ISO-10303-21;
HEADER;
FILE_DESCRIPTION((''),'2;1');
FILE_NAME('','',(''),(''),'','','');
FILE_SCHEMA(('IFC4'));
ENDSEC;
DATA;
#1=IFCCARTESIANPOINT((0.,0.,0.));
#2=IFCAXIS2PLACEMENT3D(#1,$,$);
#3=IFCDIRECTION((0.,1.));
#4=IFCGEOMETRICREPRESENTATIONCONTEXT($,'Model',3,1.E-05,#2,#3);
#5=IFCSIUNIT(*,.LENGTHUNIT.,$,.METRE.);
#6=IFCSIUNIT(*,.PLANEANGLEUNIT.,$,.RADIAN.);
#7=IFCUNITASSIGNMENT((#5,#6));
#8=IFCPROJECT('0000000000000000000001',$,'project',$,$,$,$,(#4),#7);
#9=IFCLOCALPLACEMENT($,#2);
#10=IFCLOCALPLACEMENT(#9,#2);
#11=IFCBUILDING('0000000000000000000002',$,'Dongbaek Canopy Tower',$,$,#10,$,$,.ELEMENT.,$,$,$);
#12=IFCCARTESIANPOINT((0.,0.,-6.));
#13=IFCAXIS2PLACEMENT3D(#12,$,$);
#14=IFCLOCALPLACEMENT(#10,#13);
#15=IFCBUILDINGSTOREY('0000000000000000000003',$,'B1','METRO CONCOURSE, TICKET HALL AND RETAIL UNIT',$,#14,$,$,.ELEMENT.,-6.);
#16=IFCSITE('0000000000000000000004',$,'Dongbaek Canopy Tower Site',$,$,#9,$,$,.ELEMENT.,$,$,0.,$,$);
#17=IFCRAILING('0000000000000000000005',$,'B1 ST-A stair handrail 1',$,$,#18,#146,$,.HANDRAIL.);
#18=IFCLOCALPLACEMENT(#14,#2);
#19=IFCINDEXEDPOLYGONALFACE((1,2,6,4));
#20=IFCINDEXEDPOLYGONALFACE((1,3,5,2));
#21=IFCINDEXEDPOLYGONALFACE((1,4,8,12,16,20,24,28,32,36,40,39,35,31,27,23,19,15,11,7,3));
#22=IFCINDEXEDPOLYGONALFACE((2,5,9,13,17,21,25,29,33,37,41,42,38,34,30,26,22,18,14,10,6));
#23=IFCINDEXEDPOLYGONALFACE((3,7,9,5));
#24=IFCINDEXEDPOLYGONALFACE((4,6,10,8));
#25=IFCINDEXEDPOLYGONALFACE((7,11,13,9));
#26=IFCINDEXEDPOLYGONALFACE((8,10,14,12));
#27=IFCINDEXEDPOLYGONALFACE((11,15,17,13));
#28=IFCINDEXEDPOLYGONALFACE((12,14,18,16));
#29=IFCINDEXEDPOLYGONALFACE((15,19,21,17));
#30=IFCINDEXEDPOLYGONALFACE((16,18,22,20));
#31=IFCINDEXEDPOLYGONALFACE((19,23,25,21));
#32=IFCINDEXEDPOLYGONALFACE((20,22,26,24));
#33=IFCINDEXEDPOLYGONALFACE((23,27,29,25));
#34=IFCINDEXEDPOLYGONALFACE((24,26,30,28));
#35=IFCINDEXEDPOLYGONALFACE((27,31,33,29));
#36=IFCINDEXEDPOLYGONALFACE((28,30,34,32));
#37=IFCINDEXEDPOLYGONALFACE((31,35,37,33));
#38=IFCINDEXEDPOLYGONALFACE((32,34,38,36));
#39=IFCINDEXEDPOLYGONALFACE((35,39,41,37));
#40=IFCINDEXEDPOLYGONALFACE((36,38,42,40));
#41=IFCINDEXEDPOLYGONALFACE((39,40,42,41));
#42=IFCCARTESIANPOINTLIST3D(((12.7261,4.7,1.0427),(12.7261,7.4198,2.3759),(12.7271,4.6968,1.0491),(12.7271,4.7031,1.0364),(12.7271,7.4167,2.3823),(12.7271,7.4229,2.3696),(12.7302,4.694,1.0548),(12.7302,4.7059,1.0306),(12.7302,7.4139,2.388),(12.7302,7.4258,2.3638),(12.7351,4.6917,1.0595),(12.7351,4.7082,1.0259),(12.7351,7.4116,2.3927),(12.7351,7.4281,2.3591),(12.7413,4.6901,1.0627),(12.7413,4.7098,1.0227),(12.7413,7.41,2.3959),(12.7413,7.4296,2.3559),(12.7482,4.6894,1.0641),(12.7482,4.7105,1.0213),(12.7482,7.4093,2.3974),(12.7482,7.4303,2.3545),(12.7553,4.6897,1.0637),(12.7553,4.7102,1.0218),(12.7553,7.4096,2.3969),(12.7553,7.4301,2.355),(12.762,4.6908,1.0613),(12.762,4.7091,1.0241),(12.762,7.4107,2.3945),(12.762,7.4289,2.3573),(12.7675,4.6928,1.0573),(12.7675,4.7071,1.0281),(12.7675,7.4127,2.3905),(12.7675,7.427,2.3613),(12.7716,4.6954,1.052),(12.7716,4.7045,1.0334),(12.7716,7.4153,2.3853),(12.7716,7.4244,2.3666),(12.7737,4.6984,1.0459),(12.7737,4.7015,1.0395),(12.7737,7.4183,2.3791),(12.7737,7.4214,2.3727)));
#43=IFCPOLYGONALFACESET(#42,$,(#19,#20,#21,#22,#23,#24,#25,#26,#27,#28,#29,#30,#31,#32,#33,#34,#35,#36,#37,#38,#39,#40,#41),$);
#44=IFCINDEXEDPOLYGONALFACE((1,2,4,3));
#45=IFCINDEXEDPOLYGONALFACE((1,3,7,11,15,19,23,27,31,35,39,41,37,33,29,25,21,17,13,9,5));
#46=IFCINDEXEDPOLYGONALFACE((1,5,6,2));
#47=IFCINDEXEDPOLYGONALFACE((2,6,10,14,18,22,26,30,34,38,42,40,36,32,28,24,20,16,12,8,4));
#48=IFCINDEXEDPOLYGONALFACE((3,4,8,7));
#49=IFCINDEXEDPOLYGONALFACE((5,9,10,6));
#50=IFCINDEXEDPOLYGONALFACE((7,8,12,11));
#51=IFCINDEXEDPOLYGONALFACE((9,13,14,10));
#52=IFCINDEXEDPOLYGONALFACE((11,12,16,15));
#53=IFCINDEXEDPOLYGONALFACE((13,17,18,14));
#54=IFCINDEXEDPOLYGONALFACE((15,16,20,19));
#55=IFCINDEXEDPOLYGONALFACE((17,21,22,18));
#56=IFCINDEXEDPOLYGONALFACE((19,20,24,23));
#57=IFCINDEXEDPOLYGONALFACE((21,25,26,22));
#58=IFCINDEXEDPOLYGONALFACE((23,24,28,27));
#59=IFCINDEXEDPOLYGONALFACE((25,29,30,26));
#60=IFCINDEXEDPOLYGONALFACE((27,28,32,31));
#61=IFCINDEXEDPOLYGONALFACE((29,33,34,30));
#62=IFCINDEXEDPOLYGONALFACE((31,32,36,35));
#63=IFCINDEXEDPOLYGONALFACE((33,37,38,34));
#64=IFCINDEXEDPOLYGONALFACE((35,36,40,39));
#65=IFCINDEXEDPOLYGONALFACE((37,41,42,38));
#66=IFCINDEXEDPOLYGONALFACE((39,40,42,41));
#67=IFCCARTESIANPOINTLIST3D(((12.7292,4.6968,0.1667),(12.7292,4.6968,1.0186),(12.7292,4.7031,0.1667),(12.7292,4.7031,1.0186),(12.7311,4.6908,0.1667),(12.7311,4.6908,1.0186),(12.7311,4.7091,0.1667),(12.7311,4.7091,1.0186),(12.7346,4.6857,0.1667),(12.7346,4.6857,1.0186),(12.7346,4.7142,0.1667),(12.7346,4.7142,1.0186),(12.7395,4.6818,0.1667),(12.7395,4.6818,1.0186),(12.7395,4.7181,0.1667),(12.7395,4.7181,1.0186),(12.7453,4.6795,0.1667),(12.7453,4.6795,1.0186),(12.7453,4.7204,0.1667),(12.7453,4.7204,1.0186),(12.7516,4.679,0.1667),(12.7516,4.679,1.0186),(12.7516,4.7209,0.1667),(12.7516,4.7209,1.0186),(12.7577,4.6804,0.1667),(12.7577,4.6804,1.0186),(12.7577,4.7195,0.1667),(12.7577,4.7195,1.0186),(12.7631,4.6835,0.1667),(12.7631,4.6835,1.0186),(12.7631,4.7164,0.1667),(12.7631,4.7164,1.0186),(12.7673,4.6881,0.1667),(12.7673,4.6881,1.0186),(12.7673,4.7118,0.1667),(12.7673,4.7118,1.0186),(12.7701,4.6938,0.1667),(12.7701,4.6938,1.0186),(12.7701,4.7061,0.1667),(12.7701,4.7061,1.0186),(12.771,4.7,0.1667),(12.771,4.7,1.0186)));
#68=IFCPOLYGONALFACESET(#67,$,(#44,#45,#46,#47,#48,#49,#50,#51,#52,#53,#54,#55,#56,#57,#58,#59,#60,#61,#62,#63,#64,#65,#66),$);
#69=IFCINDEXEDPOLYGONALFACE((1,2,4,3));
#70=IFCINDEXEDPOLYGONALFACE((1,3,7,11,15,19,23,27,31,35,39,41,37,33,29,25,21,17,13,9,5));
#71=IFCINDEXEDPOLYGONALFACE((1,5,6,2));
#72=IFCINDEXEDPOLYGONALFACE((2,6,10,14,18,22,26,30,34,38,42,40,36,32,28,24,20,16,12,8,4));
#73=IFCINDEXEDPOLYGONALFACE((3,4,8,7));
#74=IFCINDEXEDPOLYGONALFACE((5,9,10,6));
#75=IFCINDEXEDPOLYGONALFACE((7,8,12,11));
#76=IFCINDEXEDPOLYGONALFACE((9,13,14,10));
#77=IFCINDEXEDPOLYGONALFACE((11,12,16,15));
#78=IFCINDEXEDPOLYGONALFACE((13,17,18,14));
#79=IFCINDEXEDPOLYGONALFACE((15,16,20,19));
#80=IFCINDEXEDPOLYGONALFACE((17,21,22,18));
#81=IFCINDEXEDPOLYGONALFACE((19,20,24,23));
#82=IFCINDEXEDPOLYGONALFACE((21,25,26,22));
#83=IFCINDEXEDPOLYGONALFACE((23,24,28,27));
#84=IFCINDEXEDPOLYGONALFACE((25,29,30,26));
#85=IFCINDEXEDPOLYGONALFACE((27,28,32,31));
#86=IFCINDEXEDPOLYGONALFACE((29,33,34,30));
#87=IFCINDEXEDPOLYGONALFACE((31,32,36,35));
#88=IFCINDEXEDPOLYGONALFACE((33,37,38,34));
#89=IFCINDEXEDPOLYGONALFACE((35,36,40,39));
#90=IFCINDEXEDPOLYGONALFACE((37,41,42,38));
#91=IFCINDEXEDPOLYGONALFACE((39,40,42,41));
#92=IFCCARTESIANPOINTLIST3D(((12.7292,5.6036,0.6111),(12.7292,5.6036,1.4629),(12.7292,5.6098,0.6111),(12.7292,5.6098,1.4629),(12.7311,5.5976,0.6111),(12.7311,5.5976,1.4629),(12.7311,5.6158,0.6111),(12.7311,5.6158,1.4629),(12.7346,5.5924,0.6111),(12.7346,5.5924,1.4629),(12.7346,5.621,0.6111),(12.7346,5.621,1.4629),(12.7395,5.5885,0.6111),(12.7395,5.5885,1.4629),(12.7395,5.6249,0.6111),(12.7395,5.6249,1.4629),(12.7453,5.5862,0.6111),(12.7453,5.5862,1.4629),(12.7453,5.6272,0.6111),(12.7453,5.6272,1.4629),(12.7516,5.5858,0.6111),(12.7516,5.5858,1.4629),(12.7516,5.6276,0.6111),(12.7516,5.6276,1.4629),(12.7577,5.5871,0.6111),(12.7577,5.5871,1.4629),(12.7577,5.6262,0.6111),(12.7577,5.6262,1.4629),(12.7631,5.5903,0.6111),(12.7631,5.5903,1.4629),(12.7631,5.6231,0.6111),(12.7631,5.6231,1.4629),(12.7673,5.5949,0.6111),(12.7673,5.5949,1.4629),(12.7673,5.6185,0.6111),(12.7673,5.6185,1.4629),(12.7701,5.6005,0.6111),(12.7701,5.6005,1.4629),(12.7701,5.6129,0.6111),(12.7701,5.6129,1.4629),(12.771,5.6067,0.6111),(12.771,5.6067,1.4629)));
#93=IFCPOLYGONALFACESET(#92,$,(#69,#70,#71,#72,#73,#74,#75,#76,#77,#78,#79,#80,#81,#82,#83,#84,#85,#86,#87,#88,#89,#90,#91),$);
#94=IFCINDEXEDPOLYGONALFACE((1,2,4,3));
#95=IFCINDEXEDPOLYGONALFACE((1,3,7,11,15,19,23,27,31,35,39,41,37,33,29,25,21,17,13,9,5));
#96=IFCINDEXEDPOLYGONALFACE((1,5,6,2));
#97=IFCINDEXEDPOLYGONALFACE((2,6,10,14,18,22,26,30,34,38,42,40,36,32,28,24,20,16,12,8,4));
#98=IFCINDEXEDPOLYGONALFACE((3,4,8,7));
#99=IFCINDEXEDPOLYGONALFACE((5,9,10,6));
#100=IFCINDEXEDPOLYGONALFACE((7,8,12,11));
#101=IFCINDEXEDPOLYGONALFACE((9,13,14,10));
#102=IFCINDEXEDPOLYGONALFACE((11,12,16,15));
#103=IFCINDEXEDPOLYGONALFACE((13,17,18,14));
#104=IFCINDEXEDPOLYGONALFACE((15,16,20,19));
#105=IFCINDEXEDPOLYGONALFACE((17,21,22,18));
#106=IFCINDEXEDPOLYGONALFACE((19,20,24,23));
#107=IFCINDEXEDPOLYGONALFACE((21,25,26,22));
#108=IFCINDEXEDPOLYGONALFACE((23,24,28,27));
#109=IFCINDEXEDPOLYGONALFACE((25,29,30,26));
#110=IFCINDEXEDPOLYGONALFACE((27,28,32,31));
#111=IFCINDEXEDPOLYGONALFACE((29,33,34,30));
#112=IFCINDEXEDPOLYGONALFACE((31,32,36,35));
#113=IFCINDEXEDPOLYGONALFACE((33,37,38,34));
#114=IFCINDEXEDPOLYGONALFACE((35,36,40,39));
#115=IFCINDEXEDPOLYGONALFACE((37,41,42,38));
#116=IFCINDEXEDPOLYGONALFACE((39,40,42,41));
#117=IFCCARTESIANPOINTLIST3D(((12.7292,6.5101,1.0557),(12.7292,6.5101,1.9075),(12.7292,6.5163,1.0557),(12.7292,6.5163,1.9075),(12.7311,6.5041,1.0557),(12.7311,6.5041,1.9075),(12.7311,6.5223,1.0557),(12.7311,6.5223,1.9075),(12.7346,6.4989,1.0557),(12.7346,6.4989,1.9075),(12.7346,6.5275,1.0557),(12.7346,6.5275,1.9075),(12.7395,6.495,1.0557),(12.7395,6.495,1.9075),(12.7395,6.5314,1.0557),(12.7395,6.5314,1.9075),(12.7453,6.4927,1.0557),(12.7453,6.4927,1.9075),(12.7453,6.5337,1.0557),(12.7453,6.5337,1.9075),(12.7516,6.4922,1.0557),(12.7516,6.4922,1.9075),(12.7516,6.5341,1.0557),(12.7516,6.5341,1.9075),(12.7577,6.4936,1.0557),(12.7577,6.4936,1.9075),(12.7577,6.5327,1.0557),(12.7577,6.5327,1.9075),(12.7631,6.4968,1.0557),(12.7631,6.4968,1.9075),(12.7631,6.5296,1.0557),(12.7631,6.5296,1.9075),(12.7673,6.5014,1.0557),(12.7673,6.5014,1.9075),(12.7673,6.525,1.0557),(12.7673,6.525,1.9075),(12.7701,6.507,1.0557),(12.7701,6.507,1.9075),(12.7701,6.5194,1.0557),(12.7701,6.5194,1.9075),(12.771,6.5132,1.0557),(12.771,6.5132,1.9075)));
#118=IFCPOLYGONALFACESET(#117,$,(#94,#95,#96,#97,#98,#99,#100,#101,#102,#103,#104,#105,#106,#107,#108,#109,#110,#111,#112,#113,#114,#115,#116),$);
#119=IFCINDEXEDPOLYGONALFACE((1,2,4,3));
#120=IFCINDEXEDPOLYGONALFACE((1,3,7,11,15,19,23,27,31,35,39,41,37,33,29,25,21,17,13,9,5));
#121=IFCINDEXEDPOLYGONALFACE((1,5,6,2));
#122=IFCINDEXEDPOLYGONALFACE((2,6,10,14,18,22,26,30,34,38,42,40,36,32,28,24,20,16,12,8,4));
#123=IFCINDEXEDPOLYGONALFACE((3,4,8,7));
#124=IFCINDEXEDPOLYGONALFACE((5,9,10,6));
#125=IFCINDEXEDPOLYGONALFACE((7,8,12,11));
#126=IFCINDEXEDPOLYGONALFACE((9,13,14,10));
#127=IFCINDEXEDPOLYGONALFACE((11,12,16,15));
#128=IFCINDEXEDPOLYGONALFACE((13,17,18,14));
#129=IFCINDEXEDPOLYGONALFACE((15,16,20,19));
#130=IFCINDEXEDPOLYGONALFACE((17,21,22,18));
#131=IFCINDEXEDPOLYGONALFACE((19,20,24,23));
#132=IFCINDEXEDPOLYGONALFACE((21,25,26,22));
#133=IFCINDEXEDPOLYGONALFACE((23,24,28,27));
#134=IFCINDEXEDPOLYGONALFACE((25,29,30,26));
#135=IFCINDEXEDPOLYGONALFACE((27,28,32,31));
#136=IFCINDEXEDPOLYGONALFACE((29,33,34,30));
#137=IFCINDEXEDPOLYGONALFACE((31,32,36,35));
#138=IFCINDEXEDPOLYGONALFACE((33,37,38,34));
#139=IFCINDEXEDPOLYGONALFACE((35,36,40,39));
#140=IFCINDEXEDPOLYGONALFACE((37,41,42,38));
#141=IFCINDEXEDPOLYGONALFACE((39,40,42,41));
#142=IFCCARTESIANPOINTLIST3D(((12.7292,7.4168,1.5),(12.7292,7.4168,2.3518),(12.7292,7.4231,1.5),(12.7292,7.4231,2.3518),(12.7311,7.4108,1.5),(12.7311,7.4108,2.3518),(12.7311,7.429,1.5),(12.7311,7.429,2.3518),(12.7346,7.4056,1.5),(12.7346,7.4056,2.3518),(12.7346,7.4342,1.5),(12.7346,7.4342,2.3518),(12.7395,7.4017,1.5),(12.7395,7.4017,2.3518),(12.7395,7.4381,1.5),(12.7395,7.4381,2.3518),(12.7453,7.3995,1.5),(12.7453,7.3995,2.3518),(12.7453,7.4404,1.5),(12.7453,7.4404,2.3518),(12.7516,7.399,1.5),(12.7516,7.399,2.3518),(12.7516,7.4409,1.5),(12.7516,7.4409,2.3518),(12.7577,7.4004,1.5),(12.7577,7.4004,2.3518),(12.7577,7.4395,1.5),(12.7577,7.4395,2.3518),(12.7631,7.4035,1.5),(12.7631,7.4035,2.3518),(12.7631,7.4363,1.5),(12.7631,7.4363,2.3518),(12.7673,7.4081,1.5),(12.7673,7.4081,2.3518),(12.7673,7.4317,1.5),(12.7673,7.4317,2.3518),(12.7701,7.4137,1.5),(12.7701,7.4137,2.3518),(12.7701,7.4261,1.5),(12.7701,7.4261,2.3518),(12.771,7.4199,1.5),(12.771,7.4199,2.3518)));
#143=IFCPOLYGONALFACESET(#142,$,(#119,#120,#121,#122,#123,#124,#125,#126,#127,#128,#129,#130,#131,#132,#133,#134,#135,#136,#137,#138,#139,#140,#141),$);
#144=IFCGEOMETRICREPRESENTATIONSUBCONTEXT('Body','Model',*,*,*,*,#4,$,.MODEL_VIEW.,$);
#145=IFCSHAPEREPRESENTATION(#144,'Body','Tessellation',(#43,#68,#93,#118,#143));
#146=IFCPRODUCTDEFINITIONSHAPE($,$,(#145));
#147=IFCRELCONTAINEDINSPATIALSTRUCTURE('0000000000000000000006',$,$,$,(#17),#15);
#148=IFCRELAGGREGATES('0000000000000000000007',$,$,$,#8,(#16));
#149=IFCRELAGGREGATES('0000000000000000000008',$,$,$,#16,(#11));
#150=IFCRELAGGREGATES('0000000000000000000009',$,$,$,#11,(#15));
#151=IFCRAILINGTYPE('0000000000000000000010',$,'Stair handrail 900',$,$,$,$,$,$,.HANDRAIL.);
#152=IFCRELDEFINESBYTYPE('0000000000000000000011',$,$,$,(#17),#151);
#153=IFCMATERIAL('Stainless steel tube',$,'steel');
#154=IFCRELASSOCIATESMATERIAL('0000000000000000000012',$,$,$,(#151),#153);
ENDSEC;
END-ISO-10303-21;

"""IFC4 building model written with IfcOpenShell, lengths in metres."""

from ifc_helpers import new_model, si_unit, direction, frame, origin, origin_2d, place, context, subcontext, project, spatial, circle, extrude, material, type_object, element, save


model = new_model("IFC4")

# Units and contexts
model_context = context("Model", 3, precision=1e-05, world=origin(), true_north=direction((0.0, 1.0)))
body_context = subcontext(model_context, "Body", "Model", "MODEL_VIEW")
ifc_project = project(units=[si_unit("LENGTHUNIT", "METRE"), si_unit("PLANEANGLEUNIT", "RADIAN")], contexts=[model_context])

# Site, building, storey
site_placement = place(None, origin())
site = spatial("IfcSite", under=ifc_project, at=site_placement, Name="Dongbaek Canopy Tower Site", CompositionType="ELEMENT", RefElevation=0.0)
building_placement = place(site_placement, origin())
building = spatial("IfcBuilding", under=site, at=building_placement, Name="Dongbaek Canopy Tower", CompositionType="ELEMENT")
storey_placement = place(building_placement, frame((0.0, 0.0, -6.0)))
storey = spatial("IfcBuildingStorey", under=building, at=storey_placement, Name="B1", Description="METRO CONCOURSE, TICKET HALL AND RETAIL UNIT", CompositionType="ELEMENT", Elevation=-6.0)

# Railing
ifc_material_1 = material(Name="Stainless steel tube", Category="steel")
railing_type_1 = type_object("IfcRailingType", Name="Stair handrail 900", PredefinedType="HANDRAIL", material=ifc_material_1)
for number, where, name in (
    (1, (12.75, 4.7, 0.1667), "B1 ST-A stair handrail 1"),
):
    element("IfcRailing", number, at=place(storey_placement, frame(where)), inside=storey, type_object=railing_type_1, Name=name, PredefinedType="HANDRAIL", context=body_context, shape_type="SweptSolid", body=[
        extrude(circle(Radius=0.0239, at=origin_2d()), frame((0.0, 0.0, 0.876), z_axis=(0.0, 0.897929, 0.440139), x_axis=(-1.0, 0.0, 0.0)), (0.0, 0.0, 1.0), 3.0291),
        extrude(circle(Radius=0.021, at=origin_2d()), origin(), (0.0, 0.0, 1.0), 0.8518),
        extrude(circle(Radius=0.021, at=origin_2d()), frame((0.0, 0.9067, 0.4443)), (0.0, 0.0, 1.0), 0.8518),
        extrude(circle(Radius=0.021, at=origin_2d()), frame((0.0, 1.8132, 0.8889)), (0.0, 0.0, 1.0), 0.8518),
        extrude(circle(Radius=0.021, at=origin_2d()), frame((0.0, 2.72, 1.3333)), (0.0, 0.0, 1.0), 0.8518),
    ])

save(model, "model.ifc")
